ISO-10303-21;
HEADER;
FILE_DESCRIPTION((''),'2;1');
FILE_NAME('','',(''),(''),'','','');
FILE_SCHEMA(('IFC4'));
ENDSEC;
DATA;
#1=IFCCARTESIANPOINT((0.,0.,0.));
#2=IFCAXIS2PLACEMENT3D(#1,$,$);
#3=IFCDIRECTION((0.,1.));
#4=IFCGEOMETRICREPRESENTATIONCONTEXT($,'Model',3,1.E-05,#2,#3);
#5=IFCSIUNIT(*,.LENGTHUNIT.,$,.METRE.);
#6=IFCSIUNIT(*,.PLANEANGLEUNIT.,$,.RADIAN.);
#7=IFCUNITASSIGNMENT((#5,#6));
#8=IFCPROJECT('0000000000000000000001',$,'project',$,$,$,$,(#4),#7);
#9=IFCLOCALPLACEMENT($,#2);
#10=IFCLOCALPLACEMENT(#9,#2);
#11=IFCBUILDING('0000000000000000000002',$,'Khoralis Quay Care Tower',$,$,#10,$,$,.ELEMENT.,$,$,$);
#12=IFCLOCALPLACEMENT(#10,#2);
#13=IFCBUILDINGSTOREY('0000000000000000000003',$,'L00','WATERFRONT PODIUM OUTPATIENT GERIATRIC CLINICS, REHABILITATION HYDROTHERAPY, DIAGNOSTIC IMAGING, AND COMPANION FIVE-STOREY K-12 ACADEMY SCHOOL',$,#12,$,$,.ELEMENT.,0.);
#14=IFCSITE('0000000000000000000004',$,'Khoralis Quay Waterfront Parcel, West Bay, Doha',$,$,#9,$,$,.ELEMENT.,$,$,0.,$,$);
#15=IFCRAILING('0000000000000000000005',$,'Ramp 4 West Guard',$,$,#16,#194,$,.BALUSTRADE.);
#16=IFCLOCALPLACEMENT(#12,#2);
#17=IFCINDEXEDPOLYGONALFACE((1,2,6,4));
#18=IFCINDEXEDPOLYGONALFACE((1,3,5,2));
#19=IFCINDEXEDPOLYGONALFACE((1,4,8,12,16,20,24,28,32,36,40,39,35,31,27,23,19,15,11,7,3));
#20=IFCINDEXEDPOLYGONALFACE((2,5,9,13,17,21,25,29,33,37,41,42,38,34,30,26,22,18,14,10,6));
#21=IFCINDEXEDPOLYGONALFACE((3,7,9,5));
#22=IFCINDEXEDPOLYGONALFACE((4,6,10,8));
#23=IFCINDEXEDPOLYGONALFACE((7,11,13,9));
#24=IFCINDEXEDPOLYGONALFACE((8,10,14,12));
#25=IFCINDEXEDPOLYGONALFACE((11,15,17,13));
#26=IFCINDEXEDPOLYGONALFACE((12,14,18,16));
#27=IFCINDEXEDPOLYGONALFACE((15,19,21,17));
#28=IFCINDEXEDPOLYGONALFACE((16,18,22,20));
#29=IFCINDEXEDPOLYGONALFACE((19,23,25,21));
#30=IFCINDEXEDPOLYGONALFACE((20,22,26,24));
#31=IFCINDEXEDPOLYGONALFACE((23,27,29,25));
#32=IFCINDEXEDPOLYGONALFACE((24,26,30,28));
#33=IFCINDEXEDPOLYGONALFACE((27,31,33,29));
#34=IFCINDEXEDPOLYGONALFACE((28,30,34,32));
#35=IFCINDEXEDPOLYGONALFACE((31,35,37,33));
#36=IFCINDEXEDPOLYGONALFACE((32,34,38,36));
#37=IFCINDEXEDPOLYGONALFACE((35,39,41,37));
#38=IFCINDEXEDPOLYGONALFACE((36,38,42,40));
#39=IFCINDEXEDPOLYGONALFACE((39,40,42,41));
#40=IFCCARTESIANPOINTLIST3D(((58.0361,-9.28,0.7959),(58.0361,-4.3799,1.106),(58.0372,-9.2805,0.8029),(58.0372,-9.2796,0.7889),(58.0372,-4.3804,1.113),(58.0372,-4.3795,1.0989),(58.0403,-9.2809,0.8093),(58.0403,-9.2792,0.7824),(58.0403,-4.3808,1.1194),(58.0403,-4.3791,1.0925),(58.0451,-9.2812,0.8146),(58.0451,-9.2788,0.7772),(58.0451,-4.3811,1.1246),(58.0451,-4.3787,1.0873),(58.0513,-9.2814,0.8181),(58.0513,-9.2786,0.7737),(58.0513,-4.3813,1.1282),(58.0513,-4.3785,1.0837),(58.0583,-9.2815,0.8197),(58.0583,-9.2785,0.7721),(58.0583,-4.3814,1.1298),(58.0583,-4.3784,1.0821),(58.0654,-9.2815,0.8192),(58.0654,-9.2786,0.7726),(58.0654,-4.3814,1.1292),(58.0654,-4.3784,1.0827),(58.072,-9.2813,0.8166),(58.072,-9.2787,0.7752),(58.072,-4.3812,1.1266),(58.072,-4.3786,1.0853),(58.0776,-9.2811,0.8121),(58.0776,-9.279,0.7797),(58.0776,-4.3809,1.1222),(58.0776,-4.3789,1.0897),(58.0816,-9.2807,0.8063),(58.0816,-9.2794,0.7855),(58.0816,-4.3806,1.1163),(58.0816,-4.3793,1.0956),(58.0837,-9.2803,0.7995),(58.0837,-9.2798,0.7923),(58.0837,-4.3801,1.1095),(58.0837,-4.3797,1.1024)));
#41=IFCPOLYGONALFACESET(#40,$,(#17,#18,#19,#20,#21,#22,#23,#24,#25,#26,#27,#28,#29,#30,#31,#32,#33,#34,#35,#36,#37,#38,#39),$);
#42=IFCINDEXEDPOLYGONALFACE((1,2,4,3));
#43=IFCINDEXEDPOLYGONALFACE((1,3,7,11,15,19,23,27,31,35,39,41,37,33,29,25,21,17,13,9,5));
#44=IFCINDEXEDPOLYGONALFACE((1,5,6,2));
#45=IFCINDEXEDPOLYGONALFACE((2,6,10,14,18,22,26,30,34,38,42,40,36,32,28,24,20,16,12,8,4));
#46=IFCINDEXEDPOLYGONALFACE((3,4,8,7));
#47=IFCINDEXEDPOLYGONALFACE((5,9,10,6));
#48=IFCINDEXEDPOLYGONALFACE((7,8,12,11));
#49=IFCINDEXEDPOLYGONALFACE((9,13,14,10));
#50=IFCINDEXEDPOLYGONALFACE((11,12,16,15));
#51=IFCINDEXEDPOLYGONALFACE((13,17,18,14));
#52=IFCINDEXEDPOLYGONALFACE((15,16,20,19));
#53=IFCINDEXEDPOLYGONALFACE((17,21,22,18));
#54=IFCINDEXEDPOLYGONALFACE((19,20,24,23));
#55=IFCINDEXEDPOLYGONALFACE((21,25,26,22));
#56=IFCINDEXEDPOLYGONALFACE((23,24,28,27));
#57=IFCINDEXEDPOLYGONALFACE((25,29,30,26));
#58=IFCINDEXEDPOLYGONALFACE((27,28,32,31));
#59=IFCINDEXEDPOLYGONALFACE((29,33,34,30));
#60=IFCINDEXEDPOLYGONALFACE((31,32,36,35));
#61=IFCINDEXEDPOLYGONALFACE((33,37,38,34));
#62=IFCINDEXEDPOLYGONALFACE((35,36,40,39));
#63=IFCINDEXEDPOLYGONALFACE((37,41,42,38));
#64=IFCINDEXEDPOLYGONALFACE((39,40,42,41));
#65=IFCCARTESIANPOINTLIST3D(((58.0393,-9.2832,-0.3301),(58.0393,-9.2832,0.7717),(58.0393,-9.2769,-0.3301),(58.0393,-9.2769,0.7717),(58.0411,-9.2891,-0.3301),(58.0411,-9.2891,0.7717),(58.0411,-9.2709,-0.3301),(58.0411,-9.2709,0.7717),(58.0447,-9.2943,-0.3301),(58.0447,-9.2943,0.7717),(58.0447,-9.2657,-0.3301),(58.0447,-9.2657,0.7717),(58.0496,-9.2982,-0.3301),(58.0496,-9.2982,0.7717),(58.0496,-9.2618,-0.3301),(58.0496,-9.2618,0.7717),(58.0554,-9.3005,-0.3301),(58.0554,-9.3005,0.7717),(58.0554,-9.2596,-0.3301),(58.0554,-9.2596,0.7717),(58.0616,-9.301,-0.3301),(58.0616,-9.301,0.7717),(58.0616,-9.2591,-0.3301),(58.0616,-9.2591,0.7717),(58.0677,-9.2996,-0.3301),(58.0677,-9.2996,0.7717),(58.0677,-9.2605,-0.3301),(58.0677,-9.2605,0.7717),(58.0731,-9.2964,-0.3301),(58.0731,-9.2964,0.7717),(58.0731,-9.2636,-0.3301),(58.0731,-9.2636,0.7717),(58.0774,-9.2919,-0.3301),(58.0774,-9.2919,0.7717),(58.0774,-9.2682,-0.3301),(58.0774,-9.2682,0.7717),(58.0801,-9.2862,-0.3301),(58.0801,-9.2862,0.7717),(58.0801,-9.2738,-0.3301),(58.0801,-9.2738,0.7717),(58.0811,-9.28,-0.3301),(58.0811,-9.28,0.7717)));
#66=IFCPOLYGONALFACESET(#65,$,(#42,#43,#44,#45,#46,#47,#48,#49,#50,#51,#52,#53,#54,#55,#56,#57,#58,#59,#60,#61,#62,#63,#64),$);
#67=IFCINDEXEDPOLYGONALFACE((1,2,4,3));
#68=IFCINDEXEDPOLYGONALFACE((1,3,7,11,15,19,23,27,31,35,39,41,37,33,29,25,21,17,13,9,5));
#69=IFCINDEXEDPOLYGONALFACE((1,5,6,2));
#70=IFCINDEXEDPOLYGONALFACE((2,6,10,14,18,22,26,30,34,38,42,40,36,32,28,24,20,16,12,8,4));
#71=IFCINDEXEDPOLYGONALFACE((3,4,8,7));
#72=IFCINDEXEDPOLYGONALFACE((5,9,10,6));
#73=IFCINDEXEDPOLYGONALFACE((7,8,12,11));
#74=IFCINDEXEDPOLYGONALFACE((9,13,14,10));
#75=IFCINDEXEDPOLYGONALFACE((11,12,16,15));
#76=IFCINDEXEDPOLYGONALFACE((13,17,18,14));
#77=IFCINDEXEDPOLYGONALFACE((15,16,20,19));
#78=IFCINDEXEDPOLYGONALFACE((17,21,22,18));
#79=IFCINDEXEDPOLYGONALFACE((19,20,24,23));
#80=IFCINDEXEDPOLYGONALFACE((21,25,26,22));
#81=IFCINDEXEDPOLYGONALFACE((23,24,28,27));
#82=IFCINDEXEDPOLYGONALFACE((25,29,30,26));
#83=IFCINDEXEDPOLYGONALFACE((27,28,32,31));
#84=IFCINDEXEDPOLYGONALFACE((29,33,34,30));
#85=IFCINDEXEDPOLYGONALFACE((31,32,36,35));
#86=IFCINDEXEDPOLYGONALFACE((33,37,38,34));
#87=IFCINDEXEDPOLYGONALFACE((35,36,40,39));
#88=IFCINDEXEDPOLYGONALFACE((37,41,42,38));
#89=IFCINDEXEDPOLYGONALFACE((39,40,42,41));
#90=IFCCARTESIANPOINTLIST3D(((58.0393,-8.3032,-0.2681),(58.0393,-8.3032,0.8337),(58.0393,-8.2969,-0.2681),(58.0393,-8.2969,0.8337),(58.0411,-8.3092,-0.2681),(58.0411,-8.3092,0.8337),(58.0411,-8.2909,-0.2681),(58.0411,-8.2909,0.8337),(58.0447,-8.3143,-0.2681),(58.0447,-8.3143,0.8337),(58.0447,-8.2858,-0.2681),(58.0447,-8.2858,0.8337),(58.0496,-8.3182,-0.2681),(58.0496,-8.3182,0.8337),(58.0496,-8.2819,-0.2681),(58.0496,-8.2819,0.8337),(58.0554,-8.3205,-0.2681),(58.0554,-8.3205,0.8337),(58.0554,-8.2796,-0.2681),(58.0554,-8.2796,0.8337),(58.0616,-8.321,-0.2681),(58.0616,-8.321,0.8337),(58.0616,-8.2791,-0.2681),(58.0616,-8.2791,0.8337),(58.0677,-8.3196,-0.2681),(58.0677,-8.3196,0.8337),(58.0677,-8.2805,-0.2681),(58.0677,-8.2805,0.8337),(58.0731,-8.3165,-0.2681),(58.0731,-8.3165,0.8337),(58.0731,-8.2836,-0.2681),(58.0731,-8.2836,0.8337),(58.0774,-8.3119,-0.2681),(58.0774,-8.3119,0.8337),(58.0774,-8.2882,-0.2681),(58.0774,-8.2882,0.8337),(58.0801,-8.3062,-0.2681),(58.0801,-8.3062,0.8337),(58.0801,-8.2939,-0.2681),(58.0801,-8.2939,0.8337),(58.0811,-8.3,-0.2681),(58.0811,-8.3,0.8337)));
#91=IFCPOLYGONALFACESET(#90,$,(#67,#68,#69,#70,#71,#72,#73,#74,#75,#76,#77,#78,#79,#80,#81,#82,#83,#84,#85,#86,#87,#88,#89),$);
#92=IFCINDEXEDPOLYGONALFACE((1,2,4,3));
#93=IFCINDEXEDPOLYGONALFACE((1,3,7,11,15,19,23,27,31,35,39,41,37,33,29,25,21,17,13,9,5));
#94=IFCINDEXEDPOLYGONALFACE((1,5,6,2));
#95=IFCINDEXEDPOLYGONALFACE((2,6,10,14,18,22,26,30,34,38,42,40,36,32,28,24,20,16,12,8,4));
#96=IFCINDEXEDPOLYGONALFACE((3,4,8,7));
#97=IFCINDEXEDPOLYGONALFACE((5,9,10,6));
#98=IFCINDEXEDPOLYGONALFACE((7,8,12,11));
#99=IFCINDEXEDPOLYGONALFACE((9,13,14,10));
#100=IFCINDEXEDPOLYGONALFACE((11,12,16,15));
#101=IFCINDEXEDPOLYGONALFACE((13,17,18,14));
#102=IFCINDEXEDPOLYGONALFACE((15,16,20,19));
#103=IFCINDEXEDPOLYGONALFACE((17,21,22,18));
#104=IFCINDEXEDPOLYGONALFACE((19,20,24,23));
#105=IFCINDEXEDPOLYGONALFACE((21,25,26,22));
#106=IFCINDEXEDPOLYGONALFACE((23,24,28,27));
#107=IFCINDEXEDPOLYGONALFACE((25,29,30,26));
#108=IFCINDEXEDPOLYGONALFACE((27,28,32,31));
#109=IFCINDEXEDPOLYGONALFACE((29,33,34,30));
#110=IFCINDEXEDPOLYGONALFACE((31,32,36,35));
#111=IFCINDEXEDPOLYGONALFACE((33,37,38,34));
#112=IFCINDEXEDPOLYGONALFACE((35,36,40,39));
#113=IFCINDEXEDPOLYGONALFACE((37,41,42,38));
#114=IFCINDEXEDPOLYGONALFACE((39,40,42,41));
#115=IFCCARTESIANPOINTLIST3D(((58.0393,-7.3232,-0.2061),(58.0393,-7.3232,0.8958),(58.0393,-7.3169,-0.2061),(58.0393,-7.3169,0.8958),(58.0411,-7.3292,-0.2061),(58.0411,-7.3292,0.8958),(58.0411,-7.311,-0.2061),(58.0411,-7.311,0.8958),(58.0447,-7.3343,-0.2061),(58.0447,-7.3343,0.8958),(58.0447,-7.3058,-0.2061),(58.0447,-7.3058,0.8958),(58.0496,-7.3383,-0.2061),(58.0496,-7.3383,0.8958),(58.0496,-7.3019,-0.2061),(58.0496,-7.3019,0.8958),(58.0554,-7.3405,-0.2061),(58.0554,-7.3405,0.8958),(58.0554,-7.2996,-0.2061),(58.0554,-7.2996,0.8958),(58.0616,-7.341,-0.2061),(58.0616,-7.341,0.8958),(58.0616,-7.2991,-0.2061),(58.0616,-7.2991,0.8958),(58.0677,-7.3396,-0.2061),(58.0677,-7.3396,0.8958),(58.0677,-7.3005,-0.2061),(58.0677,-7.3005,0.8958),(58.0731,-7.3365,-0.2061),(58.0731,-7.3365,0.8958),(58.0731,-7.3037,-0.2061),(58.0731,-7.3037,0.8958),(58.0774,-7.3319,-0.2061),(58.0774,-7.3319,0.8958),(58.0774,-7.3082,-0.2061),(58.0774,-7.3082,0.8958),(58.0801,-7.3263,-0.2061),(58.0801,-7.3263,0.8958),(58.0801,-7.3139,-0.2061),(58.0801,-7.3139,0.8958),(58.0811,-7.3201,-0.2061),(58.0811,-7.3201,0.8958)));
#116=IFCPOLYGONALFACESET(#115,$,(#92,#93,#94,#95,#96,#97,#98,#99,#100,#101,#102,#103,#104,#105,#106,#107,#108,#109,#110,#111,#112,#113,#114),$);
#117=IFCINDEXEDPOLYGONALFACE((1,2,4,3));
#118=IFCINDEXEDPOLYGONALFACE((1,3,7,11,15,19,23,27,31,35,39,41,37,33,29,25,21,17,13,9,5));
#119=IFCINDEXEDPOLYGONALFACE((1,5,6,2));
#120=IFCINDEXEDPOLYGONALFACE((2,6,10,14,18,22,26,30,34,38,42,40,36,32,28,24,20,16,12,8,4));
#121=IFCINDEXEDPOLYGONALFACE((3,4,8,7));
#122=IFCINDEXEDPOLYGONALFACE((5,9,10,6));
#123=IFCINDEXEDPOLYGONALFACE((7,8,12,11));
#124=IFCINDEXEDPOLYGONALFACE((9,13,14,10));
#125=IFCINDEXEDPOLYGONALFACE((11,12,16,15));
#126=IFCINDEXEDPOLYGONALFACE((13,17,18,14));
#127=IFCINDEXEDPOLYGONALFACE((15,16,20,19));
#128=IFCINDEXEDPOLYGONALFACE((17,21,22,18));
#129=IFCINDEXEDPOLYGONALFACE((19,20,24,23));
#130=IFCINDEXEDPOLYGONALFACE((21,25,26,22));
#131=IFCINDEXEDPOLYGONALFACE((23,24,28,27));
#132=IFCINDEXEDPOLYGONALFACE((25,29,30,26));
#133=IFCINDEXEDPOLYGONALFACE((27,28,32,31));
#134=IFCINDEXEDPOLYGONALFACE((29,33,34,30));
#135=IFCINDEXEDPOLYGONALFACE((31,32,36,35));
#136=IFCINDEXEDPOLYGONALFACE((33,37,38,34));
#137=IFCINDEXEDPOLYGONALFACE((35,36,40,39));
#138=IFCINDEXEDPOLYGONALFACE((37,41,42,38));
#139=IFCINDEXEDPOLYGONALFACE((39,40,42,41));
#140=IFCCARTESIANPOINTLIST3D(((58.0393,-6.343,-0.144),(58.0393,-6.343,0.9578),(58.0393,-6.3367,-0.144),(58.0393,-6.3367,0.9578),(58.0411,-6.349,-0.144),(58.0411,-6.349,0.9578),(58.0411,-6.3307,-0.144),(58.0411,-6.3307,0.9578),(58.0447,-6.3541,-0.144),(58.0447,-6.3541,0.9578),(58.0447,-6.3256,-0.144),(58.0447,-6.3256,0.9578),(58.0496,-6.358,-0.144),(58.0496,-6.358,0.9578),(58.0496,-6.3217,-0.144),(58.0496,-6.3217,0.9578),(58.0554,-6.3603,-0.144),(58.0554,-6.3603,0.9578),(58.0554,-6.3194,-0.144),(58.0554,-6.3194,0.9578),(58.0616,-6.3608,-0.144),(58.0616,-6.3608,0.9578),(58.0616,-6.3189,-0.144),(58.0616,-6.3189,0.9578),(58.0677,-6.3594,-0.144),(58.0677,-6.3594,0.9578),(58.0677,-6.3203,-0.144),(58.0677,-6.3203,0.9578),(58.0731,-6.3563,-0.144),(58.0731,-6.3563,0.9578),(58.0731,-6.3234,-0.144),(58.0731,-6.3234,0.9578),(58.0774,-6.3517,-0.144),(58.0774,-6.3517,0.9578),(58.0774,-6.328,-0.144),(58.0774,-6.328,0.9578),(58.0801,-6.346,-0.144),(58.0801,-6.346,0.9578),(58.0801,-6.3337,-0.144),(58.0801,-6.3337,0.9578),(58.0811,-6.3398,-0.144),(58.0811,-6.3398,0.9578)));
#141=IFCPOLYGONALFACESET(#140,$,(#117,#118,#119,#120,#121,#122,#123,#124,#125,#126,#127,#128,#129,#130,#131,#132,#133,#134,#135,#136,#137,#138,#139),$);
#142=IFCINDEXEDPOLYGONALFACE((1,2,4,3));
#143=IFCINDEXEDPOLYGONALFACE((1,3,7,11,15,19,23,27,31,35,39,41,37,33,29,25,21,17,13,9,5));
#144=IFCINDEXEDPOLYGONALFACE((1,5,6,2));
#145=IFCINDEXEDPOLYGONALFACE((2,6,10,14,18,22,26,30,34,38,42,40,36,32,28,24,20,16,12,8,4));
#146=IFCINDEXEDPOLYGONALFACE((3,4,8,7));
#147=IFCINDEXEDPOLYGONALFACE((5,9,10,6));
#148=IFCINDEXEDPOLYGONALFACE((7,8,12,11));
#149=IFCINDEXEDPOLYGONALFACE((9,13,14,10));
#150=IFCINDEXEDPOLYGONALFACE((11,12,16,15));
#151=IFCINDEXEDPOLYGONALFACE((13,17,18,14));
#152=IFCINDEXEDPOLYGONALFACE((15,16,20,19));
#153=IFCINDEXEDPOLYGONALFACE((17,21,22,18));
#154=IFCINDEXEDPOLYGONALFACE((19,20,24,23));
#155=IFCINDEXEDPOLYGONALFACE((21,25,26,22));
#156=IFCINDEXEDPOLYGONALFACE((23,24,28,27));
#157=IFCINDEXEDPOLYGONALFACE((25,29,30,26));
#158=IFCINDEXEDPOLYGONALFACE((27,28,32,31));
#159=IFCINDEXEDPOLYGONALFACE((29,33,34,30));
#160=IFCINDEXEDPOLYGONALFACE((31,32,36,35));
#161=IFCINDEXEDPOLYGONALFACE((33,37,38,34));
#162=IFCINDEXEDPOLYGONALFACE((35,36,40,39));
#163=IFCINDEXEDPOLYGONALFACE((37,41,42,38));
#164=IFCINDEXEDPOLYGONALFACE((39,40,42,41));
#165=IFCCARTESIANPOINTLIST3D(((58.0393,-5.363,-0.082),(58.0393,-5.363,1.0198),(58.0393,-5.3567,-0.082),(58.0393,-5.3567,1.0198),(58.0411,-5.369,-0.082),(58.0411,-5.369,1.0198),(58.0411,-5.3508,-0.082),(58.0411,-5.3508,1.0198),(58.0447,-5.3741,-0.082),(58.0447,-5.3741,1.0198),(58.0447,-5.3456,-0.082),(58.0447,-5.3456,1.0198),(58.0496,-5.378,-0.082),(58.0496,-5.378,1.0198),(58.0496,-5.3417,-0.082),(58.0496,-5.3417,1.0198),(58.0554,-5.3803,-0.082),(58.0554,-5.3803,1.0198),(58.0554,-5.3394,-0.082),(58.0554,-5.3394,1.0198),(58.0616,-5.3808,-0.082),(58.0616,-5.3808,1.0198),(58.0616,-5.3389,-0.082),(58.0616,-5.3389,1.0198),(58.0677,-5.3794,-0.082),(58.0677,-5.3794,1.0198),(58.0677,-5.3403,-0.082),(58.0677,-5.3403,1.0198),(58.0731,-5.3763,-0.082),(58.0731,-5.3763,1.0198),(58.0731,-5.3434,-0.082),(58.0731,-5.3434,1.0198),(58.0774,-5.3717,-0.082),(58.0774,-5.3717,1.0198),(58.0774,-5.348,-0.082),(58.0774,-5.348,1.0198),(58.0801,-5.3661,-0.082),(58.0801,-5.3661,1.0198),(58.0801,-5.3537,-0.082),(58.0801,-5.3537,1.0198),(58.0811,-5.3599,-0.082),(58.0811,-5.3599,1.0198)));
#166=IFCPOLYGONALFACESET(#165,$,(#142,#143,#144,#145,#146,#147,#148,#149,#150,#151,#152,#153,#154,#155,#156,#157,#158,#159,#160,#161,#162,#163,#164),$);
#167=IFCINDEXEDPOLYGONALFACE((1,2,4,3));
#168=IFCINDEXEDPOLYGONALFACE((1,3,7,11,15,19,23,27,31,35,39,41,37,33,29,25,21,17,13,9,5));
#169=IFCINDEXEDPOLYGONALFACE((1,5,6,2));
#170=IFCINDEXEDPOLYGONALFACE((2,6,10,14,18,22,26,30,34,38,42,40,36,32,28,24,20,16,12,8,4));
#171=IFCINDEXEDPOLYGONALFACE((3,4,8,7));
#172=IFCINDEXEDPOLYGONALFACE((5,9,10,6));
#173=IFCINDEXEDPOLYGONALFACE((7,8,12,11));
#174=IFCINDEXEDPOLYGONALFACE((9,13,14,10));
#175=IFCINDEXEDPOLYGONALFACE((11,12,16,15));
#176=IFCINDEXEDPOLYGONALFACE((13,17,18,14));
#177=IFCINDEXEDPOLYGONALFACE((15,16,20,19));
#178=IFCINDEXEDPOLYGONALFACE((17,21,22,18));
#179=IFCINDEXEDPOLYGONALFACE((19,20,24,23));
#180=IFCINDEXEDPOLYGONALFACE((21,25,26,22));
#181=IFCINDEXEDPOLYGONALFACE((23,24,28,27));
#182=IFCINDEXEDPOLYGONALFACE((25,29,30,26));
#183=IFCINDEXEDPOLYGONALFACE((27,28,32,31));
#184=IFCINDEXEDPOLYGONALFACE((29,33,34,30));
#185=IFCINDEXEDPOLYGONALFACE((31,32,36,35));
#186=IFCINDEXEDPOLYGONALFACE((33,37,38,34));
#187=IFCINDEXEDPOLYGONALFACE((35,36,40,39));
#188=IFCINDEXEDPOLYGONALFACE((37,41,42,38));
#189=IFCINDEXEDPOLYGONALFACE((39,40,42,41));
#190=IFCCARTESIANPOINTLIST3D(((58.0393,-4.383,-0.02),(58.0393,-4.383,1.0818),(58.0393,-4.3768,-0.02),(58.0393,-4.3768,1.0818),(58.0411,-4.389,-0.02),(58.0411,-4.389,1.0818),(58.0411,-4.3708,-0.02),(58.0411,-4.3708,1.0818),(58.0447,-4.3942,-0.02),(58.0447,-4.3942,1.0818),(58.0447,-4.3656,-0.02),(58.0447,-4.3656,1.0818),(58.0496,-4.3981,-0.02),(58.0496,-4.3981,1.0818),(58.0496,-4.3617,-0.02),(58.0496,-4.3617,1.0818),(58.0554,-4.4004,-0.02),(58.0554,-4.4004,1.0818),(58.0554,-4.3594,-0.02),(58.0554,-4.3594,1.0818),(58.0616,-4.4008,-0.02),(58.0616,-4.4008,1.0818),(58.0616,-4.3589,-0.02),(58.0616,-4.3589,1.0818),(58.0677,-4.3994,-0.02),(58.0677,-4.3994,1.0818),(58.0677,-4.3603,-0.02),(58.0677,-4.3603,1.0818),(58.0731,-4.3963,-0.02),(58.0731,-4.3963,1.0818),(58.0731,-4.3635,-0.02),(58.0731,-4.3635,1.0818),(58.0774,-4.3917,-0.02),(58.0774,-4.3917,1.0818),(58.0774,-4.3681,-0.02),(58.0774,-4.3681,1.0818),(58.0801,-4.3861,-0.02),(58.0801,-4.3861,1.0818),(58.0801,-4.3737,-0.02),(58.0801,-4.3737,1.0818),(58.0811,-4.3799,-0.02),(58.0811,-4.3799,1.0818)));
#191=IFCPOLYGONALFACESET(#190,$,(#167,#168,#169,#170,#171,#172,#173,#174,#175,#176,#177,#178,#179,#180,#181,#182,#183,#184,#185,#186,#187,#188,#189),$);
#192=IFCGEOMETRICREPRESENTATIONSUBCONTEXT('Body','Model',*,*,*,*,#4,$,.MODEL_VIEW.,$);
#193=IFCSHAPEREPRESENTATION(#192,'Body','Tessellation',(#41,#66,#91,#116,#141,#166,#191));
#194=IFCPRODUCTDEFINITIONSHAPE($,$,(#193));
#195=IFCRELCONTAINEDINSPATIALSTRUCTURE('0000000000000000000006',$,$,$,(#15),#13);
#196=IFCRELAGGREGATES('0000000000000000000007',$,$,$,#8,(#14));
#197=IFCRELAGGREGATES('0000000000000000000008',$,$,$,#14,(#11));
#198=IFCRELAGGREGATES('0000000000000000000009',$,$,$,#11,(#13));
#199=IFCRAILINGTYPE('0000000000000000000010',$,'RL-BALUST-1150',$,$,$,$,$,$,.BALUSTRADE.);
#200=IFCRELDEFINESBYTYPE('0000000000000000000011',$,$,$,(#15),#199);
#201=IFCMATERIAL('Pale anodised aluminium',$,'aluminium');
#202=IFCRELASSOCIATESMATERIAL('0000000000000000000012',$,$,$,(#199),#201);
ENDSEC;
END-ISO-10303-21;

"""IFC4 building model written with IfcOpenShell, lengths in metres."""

from ifc_helpers import new_model, si_unit, direction, frame, origin, origin_2d, place, context, subcontext, project, spatial, circle, extrude, material, type_object, element, save


model = new_model("IFC4")

# Units and contexts
model_context = context("Model", 3, precision=1e-05, world=origin(), true_north=direction((0.0, 1.0)))
body_context = subcontext(model_context, "Body", "Model", "MODEL_VIEW")
ifc_project = project(units=[si_unit("LENGTHUNIT", "METRE"), si_unit("PLANEANGLEUNIT", "RADIAN")], contexts=[model_context])

# Site, building, storey
site_placement = place(None, origin())
site = spatial("IfcSite", under=ifc_project, at=site_placement, Name="Khoralis Quay Waterfront Parcel, West Bay, Doha", CompositionType="ELEMENT", RefElevation=0.0)
building_placement = place(site_placement, origin())
building = spatial("IfcBuilding", under=site, at=building_placement, Name="Khoralis Quay Care Tower", CompositionType="ELEMENT")
storey_placement = place(building_placement, origin())
storey = spatial("IfcBuildingStorey", under=building, at=storey_placement, Name="L00", Description="WATERFRONT PODIUM OUTPATIENT GERIATRIC CLINICS, REHABILITATION HYDROTHERAPY, DIAGNOSTIC IMAGING, AND COMPANION FIVE-STOREY K-12 ACADEMY SCHOOL", CompositionType="ELEMENT", Elevation=0.0)

# Railing
ifc_material_1 = material(Name="Pale anodised aluminium", Category="aluminium")
railing_type = type_object("IfcRailingType", Name="RL-BALUST-1150", PredefinedType="BALUSTRADE", material=ifc_material_1)
for number, where, name in (
    (1, (58.0601, -9.28, -0.3301), "Ramp 4 West Guard"),
):
    element("IfcRailing", number, at=place(storey_placement, frame(where)), inside=storey, type_object=railing_type, Name=name, PredefinedType="BALUSTRADE", context=body_context, shape_type="SweptSolid", body=[
        extrude(circle(Radius=0.0239, at=origin_2d()), frame((0.0, 0.0, 1.126), z_axis=(0.0, 0.998004, 0.063149), x_axis=(-1.0, 0.0, 0.0)), (0.0, 0.0, 1.0), 4.9099),
        extrude(circle(Radius=0.021, at=origin_2d()), origin(), (0.0, 0.0, 1.0), 1.1018),
        extrude(circle(Radius=0.021, at=origin_2d()), frame((0.0, 0.98, 0.062)), (0.0, 0.0, 1.0), 1.1018),
        extrude(circle(Radius=0.021, at=origin_2d()), frame((0.0, 1.96, 0.124)), (0.0, 0.0, 1.0), 1.1018),
        extrude(circle(Radius=0.021, at=origin_2d()), frame((0.0, 2.9402, 0.186)), (0.0, 0.0, 1.0), 1.1018),
        extrude(circle(Radius=0.021, at=origin_2d()), frame((0.0, 3.9202, 0.248)), (0.0, 0.0, 1.0), 1.1018),
        extrude(circle(Radius=0.021, at=origin_2d()), frame((0.0, 4.9001, 0.3101)), (0.0, 0.0, 1.0), 1.1018),
    ])

save(model, "model.ifc")
